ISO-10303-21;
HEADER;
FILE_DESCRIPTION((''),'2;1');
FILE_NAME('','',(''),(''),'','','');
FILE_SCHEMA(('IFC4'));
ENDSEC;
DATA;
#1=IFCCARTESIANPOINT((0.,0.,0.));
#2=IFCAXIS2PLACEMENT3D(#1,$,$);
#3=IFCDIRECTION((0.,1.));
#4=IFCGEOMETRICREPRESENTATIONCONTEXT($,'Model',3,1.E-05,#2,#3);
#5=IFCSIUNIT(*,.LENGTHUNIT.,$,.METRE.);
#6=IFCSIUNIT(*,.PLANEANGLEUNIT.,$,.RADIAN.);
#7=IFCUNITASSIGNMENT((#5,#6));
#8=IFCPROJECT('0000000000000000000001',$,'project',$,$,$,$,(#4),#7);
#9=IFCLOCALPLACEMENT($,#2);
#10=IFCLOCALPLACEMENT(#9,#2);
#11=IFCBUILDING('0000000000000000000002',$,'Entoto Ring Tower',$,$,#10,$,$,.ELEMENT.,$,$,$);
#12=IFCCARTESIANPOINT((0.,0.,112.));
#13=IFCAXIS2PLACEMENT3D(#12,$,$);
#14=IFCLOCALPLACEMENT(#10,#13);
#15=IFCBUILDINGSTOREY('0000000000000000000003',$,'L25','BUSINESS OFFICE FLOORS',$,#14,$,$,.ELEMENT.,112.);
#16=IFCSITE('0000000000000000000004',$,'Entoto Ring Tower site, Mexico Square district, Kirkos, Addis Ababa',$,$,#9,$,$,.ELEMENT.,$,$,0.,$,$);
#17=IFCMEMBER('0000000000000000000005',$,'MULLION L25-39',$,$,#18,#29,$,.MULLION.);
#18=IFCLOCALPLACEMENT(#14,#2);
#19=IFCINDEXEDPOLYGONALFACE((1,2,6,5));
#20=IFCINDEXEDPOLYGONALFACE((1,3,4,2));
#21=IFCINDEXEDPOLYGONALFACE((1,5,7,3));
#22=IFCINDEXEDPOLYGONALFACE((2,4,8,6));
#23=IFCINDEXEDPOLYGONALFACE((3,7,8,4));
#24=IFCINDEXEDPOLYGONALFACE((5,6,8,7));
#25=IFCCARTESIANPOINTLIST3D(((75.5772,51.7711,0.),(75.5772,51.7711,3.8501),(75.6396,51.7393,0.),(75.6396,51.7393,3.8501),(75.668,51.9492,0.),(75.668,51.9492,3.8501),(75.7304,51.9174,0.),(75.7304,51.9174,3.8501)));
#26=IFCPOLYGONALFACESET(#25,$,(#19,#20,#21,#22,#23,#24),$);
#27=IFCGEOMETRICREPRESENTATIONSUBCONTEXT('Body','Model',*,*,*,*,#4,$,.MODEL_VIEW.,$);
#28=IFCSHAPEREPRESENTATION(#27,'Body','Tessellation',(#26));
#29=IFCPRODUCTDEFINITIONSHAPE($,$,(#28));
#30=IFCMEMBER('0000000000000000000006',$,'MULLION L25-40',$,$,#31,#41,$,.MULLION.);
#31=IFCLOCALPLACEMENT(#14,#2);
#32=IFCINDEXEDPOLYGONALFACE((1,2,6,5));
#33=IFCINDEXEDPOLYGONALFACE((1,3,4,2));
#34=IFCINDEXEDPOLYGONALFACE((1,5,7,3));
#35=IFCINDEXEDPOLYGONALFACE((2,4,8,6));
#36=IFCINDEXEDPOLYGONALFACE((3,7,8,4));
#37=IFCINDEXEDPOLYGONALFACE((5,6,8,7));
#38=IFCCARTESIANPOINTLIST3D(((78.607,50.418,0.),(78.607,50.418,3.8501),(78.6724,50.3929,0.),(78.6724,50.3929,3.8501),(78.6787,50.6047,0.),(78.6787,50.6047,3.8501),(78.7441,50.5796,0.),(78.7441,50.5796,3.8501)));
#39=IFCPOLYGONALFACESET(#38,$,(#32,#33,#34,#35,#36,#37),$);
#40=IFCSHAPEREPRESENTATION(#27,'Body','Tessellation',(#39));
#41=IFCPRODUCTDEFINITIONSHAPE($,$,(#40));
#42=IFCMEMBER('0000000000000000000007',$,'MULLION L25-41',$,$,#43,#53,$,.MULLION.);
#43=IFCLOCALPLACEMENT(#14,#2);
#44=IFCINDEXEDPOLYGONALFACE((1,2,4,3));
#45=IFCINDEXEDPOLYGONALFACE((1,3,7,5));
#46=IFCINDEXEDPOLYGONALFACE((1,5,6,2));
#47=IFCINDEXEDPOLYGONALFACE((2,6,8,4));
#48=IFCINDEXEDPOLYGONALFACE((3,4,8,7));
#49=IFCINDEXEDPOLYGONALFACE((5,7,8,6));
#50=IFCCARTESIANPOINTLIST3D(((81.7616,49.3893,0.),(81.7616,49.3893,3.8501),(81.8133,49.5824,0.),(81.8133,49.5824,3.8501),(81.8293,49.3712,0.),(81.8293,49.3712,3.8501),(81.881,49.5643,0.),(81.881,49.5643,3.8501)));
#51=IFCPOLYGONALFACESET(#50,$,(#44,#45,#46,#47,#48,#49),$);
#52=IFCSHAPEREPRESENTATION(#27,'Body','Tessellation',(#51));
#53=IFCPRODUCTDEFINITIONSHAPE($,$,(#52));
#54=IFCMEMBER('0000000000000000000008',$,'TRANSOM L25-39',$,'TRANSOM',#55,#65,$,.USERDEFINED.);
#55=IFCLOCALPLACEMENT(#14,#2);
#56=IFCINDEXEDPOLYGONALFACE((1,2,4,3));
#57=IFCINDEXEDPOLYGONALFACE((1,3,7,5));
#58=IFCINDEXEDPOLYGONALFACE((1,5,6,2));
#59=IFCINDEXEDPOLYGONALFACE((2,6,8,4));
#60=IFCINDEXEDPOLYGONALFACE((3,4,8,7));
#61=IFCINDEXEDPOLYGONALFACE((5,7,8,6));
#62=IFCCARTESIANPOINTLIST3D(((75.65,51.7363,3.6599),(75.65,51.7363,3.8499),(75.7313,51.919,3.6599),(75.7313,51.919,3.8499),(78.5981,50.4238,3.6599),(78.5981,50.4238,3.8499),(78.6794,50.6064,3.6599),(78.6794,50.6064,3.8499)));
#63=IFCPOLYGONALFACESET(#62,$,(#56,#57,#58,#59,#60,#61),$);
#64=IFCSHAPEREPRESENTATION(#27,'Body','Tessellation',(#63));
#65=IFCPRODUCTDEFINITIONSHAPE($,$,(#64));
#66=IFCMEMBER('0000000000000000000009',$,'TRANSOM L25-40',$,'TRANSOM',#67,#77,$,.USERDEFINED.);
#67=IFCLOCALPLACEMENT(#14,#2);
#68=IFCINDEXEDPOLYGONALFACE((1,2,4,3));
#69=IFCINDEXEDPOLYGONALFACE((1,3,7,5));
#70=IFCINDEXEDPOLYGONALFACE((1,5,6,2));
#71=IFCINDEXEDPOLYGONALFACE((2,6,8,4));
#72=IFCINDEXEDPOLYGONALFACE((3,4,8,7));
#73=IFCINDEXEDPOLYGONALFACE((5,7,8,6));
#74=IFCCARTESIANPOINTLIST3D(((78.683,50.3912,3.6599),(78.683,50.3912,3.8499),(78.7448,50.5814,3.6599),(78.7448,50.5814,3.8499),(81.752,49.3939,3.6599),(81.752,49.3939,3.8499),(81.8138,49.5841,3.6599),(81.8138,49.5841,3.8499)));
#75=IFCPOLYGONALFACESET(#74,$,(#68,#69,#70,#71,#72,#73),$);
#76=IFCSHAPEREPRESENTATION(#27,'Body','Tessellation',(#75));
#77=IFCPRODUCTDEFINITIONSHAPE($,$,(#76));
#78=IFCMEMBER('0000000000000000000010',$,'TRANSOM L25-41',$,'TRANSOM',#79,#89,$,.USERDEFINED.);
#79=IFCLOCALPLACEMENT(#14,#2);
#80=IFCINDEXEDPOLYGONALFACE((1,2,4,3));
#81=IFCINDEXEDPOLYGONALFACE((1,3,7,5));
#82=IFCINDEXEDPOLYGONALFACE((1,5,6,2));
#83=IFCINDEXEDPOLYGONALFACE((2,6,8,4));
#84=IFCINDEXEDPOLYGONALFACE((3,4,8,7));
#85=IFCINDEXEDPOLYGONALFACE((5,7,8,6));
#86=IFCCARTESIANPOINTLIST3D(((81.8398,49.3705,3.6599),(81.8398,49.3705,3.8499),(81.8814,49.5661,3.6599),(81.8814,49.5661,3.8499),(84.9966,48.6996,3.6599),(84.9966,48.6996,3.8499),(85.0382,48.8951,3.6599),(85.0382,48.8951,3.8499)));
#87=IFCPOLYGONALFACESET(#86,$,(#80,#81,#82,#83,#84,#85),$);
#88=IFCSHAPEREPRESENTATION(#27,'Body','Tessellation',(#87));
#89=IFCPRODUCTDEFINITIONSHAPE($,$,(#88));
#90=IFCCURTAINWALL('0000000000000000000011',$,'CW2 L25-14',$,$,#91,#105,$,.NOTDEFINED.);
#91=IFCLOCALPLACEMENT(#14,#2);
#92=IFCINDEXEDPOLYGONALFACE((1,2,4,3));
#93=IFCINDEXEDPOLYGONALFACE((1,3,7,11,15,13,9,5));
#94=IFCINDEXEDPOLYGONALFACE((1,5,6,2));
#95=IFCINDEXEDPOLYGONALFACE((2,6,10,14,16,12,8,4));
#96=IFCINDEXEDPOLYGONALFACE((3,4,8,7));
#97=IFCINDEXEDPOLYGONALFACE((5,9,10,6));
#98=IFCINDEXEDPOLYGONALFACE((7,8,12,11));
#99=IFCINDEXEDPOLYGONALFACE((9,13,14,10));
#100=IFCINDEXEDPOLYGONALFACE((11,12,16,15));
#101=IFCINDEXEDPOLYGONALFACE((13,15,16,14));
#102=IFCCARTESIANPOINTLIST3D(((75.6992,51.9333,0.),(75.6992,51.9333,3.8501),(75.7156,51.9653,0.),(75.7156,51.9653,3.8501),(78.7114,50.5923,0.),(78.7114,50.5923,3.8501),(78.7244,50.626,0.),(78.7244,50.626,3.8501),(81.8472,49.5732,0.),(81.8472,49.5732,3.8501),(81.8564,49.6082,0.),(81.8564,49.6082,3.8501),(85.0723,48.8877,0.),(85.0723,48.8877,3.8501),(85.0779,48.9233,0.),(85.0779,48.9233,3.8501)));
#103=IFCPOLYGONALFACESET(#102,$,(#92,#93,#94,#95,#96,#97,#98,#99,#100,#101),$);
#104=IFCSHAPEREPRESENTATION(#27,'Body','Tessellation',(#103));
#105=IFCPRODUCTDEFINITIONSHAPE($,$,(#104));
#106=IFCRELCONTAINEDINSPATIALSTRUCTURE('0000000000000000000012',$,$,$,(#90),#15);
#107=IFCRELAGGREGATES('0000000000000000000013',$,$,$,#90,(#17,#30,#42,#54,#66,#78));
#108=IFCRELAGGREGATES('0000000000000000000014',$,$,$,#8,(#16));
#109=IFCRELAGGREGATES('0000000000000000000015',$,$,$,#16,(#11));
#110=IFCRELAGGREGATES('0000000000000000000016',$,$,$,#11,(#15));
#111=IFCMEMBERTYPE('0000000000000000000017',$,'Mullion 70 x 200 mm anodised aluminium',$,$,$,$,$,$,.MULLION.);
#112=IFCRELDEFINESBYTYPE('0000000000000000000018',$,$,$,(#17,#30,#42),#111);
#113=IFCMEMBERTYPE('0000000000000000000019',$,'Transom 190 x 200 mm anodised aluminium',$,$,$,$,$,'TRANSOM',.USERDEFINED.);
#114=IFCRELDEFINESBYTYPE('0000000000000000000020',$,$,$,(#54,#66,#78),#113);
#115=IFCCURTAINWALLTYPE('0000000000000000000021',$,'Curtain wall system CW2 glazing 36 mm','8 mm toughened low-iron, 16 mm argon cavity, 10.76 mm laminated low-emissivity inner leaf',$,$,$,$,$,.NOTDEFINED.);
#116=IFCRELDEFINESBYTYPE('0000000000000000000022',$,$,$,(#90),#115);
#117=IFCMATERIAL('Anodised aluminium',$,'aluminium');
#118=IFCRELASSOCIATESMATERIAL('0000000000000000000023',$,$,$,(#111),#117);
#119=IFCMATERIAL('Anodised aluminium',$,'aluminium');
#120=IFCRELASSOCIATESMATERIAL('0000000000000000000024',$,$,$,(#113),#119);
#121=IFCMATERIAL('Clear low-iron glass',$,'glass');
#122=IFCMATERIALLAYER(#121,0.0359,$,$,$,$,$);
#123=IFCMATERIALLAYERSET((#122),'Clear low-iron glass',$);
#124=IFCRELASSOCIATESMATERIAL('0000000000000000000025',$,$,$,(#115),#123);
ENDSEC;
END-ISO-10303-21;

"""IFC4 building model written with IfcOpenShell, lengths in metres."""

from ifc_helpers import new_model, si_unit, direction, frame, origin, origin_2d, place, context, subcontext, project, spatial, polyline, rectangle, outline, extrude, material, layer, layer_set, material_profile, profile_set, type_object, element, aggregate, save


model = new_model("IFC4")

# Units and contexts
model_context = context("Model", 3, precision=1e-05, world=origin(), true_north=direction((0.0, 1.0)))
body_context = subcontext(model_context, "Body", "Model", "MODEL_VIEW")
ifc_project = project(units=[si_unit("LENGTHUNIT", "METRE"), si_unit("PLANEANGLEUNIT", "RADIAN")], contexts=[model_context])

# Members
ifc_material_1 = material(Name="Anodised aluminium", Category="aluminium")
ifc_material_profile_1 = material_profile(ifc_material_1, rectangle(XDim=0.0701, YDim=0.2, at=origin_2d()), Name="Mullion 70 x 200 mm anodised aluminium")
ifc_profile_set_1 = profile_set([ifc_material_profile_1], Name="Anodised aluminium")
member_type_1 = type_object("IfcMemberType", Name="Mullion 70 x 200 mm anodised aluminium", PredefinedType="MULLION", material=ifc_profile_set_1)
site_placement = place(None, origin())
building_placement = place(site_placement, origin())
storey_placement = place(building_placement, frame((0.0, 0.0, 112.0)))
member_1_placement = place(storey_placement, frame((75.6538, 51.8442, 0.0), z_axis=(0.0, 0.0, 1.0), x_axis=(0.891007, -0.45399, 0.0)))
member_1 = element("IfcMember", 1, at=member_1_placement, type_object=member_type_1, Name="MULLION L25-39", PredefinedType="MULLION", context=body_context, shape_type="SweptSolid", body=[
    extrude(rectangle(XDim=0.0701, YDim=0.2, at=origin_2d()), origin(), (0.0, 0.0, 1.0), 3.8501),
])
member_2_placement = place(storey_placement, frame((78.6755, 50.4988, 0.0), z_axis=(0.0, 0.0, 1.0), x_axis=(0.93358, -0.358368, 0.0)))
member_2 = element("IfcMember", 2, at=member_2_placement, type_object=member_type_1, Name="MULLION L25-40", PredefinedType="MULLION", context=body_context, shape_type="SweptSolid", body=[
    extrude(rectangle(XDim=0.0701, YDim=0.2, at=origin_2d()), origin(), (0.0, 0.0, 1.0), 3.8501),
])
member_3_placement = place(storey_placement, frame((81.8213, 49.4768, 0.0), z_axis=(0.0, 0.0, 1.0), x_axis=(0.965926, -0.258819, 0.0)))
member_3 = element("IfcMember", 3, at=member_3_placement, type_object=member_type_1, Name="MULLION L25-41", PredefinedType="MULLION", context=body_context, shape_type="SweptSolid", body=[
    extrude(rectangle(XDim=0.0701, YDim=0.2, at=origin_2d()), origin(), (0.0, 0.0, 1.0), 3.8501),
])
ifc_material_2 = material(Name="Anodised aluminium", Category="aluminium")
ifc_material_profile_2 = material_profile(ifc_material_2, rectangle(XDim=0.2, YDim=0.1899, at=origin_2d()), Name="Transom 190 x 200 mm anodised aluminium")
ifc_profile_set_2 = profile_set([ifc_material_profile_2], Name="Anodised aluminium")
member_type_2 = type_object("IfcMemberType", Name="Transom 190 x 200 mm anodised aluminium", ElementType="TRANSOM", PredefinedType="USERDEFINED", material=ifc_profile_set_2)
member_4_placement = place(storey_placement, frame((75.6907, 51.8276, 3.7549), z_axis=(0.913549, -0.406728, 0.0), x_axis=(0.406728, 0.913549, 0.0)))
member_4 = element("IfcMember", 4, at=member_4_placement, type_object=member_type_2, Name="TRANSOM L25-39", ObjectType="TRANSOM", PredefinedType="USERDEFINED", context=body_context, shape_type="SweptSolid", body=[
    extrude(rectangle(XDim=0.2, YDim=0.1899, at=origin_2d()), origin(), (0.0, 0.0, 1.0), 3.2271),
])
member_5_placement = place(storey_placement, frame((78.7139, 50.4863, 3.7549), z_axis=(0.951047, -0.309047, 0.0), x_axis=(0.309047, 0.951047, 0.0)))
member_5 = element("IfcMember", 5, at=member_5_placement, type_object=member_type_2, Name="TRANSOM L25-40", ObjectType="TRANSOM", PredefinedType="USERDEFINED", context=body_context, shape_type="SweptSolid", body=[
    extrude(rectangle(XDim=0.2, YDim=0.1899, at=origin_2d()), origin(), (0.0, 0.0, 1.0), 3.2271),
])
member_6_placement = place(storey_placement, frame((81.8606, 49.4683, 3.7549), z_axis=(0.978153, -0.207886, 0.0), x_axis=(0.207886, 0.978153, 0.0)))
member_6 = element("IfcMember", 6, at=member_6_placement, type_object=member_type_2, Name="TRANSOM L25-41", ObjectType="TRANSOM", PredefinedType="USERDEFINED", context=body_context, shape_type="SweptSolid", body=[
    extrude(rectangle(XDim=0.2, YDim=0.1899, at=origin_2d()), origin(), (0.0, 0.0, 1.0), 3.2273),
])

# Site, building, storey
site = spatial("IfcSite", under=ifc_project, at=site_placement, Name="Entoto Ring Tower site, Mexico Square district, Kirkos, Addis Ababa", CompositionType="ELEMENT", RefElevation=0.0)
building = spatial("IfcBuilding", under=site, at=building_placement, Name="Entoto Ring Tower", CompositionType="ELEMENT")
storey = spatial("IfcBuildingStorey", under=building, at=storey_placement, Name="L25", Description="BUSINESS OFFICE FLOORS", CompositionType="ELEMENT", Elevation=112.0)

# Curtain wall
ifc_material_3 = material(Name="Clear low-iron glass", Category="glass")
ifc_layer = layer(ifc_material_3, 0.0359)
ifc_layer_set = layer_set([ifc_layer], Name="Clear low-iron glass")
curtain_wall_type = type_object("IfcCurtainWallType", Name="Curtain wall system CW2 glazing 36 mm", Description="8 mm toughened low-iron, 16 mm argon cavity, 10.76 mm laminated low-emissivity inner leaf", PredefinedType="NOTDEFINED", material=ifc_layer_set)
curtain_wall_1_placement = place(storey_placement, origin())
curtain_wall_1 = element("IfcCurtainWall", 7, at=curtain_wall_1_placement, inside=storey, type_object=curtain_wall_type, Name="CW2 L25-14", PredefinedType="NOTDEFINED", context=body_context, shape_type="SweptSolid", body=[
    extrude(outline(polyline([(75.6992, 51.9333), (78.7114, 50.5923), (81.8472, 49.5732), (85.0723, 48.8877), (85.0779, 48.9233), (81.8564, 49.6082), (78.7244, 50.626), (75.7156, 51.9653), (75.6992, 51.9333)])), origin(), (0.0, 0.0, 1.0), 3.8501),
])
aggregate(curtain_wall_1, [member_1, member_2, member_3, member_4, member_5, member_6])

save(model, "model.ifc")
